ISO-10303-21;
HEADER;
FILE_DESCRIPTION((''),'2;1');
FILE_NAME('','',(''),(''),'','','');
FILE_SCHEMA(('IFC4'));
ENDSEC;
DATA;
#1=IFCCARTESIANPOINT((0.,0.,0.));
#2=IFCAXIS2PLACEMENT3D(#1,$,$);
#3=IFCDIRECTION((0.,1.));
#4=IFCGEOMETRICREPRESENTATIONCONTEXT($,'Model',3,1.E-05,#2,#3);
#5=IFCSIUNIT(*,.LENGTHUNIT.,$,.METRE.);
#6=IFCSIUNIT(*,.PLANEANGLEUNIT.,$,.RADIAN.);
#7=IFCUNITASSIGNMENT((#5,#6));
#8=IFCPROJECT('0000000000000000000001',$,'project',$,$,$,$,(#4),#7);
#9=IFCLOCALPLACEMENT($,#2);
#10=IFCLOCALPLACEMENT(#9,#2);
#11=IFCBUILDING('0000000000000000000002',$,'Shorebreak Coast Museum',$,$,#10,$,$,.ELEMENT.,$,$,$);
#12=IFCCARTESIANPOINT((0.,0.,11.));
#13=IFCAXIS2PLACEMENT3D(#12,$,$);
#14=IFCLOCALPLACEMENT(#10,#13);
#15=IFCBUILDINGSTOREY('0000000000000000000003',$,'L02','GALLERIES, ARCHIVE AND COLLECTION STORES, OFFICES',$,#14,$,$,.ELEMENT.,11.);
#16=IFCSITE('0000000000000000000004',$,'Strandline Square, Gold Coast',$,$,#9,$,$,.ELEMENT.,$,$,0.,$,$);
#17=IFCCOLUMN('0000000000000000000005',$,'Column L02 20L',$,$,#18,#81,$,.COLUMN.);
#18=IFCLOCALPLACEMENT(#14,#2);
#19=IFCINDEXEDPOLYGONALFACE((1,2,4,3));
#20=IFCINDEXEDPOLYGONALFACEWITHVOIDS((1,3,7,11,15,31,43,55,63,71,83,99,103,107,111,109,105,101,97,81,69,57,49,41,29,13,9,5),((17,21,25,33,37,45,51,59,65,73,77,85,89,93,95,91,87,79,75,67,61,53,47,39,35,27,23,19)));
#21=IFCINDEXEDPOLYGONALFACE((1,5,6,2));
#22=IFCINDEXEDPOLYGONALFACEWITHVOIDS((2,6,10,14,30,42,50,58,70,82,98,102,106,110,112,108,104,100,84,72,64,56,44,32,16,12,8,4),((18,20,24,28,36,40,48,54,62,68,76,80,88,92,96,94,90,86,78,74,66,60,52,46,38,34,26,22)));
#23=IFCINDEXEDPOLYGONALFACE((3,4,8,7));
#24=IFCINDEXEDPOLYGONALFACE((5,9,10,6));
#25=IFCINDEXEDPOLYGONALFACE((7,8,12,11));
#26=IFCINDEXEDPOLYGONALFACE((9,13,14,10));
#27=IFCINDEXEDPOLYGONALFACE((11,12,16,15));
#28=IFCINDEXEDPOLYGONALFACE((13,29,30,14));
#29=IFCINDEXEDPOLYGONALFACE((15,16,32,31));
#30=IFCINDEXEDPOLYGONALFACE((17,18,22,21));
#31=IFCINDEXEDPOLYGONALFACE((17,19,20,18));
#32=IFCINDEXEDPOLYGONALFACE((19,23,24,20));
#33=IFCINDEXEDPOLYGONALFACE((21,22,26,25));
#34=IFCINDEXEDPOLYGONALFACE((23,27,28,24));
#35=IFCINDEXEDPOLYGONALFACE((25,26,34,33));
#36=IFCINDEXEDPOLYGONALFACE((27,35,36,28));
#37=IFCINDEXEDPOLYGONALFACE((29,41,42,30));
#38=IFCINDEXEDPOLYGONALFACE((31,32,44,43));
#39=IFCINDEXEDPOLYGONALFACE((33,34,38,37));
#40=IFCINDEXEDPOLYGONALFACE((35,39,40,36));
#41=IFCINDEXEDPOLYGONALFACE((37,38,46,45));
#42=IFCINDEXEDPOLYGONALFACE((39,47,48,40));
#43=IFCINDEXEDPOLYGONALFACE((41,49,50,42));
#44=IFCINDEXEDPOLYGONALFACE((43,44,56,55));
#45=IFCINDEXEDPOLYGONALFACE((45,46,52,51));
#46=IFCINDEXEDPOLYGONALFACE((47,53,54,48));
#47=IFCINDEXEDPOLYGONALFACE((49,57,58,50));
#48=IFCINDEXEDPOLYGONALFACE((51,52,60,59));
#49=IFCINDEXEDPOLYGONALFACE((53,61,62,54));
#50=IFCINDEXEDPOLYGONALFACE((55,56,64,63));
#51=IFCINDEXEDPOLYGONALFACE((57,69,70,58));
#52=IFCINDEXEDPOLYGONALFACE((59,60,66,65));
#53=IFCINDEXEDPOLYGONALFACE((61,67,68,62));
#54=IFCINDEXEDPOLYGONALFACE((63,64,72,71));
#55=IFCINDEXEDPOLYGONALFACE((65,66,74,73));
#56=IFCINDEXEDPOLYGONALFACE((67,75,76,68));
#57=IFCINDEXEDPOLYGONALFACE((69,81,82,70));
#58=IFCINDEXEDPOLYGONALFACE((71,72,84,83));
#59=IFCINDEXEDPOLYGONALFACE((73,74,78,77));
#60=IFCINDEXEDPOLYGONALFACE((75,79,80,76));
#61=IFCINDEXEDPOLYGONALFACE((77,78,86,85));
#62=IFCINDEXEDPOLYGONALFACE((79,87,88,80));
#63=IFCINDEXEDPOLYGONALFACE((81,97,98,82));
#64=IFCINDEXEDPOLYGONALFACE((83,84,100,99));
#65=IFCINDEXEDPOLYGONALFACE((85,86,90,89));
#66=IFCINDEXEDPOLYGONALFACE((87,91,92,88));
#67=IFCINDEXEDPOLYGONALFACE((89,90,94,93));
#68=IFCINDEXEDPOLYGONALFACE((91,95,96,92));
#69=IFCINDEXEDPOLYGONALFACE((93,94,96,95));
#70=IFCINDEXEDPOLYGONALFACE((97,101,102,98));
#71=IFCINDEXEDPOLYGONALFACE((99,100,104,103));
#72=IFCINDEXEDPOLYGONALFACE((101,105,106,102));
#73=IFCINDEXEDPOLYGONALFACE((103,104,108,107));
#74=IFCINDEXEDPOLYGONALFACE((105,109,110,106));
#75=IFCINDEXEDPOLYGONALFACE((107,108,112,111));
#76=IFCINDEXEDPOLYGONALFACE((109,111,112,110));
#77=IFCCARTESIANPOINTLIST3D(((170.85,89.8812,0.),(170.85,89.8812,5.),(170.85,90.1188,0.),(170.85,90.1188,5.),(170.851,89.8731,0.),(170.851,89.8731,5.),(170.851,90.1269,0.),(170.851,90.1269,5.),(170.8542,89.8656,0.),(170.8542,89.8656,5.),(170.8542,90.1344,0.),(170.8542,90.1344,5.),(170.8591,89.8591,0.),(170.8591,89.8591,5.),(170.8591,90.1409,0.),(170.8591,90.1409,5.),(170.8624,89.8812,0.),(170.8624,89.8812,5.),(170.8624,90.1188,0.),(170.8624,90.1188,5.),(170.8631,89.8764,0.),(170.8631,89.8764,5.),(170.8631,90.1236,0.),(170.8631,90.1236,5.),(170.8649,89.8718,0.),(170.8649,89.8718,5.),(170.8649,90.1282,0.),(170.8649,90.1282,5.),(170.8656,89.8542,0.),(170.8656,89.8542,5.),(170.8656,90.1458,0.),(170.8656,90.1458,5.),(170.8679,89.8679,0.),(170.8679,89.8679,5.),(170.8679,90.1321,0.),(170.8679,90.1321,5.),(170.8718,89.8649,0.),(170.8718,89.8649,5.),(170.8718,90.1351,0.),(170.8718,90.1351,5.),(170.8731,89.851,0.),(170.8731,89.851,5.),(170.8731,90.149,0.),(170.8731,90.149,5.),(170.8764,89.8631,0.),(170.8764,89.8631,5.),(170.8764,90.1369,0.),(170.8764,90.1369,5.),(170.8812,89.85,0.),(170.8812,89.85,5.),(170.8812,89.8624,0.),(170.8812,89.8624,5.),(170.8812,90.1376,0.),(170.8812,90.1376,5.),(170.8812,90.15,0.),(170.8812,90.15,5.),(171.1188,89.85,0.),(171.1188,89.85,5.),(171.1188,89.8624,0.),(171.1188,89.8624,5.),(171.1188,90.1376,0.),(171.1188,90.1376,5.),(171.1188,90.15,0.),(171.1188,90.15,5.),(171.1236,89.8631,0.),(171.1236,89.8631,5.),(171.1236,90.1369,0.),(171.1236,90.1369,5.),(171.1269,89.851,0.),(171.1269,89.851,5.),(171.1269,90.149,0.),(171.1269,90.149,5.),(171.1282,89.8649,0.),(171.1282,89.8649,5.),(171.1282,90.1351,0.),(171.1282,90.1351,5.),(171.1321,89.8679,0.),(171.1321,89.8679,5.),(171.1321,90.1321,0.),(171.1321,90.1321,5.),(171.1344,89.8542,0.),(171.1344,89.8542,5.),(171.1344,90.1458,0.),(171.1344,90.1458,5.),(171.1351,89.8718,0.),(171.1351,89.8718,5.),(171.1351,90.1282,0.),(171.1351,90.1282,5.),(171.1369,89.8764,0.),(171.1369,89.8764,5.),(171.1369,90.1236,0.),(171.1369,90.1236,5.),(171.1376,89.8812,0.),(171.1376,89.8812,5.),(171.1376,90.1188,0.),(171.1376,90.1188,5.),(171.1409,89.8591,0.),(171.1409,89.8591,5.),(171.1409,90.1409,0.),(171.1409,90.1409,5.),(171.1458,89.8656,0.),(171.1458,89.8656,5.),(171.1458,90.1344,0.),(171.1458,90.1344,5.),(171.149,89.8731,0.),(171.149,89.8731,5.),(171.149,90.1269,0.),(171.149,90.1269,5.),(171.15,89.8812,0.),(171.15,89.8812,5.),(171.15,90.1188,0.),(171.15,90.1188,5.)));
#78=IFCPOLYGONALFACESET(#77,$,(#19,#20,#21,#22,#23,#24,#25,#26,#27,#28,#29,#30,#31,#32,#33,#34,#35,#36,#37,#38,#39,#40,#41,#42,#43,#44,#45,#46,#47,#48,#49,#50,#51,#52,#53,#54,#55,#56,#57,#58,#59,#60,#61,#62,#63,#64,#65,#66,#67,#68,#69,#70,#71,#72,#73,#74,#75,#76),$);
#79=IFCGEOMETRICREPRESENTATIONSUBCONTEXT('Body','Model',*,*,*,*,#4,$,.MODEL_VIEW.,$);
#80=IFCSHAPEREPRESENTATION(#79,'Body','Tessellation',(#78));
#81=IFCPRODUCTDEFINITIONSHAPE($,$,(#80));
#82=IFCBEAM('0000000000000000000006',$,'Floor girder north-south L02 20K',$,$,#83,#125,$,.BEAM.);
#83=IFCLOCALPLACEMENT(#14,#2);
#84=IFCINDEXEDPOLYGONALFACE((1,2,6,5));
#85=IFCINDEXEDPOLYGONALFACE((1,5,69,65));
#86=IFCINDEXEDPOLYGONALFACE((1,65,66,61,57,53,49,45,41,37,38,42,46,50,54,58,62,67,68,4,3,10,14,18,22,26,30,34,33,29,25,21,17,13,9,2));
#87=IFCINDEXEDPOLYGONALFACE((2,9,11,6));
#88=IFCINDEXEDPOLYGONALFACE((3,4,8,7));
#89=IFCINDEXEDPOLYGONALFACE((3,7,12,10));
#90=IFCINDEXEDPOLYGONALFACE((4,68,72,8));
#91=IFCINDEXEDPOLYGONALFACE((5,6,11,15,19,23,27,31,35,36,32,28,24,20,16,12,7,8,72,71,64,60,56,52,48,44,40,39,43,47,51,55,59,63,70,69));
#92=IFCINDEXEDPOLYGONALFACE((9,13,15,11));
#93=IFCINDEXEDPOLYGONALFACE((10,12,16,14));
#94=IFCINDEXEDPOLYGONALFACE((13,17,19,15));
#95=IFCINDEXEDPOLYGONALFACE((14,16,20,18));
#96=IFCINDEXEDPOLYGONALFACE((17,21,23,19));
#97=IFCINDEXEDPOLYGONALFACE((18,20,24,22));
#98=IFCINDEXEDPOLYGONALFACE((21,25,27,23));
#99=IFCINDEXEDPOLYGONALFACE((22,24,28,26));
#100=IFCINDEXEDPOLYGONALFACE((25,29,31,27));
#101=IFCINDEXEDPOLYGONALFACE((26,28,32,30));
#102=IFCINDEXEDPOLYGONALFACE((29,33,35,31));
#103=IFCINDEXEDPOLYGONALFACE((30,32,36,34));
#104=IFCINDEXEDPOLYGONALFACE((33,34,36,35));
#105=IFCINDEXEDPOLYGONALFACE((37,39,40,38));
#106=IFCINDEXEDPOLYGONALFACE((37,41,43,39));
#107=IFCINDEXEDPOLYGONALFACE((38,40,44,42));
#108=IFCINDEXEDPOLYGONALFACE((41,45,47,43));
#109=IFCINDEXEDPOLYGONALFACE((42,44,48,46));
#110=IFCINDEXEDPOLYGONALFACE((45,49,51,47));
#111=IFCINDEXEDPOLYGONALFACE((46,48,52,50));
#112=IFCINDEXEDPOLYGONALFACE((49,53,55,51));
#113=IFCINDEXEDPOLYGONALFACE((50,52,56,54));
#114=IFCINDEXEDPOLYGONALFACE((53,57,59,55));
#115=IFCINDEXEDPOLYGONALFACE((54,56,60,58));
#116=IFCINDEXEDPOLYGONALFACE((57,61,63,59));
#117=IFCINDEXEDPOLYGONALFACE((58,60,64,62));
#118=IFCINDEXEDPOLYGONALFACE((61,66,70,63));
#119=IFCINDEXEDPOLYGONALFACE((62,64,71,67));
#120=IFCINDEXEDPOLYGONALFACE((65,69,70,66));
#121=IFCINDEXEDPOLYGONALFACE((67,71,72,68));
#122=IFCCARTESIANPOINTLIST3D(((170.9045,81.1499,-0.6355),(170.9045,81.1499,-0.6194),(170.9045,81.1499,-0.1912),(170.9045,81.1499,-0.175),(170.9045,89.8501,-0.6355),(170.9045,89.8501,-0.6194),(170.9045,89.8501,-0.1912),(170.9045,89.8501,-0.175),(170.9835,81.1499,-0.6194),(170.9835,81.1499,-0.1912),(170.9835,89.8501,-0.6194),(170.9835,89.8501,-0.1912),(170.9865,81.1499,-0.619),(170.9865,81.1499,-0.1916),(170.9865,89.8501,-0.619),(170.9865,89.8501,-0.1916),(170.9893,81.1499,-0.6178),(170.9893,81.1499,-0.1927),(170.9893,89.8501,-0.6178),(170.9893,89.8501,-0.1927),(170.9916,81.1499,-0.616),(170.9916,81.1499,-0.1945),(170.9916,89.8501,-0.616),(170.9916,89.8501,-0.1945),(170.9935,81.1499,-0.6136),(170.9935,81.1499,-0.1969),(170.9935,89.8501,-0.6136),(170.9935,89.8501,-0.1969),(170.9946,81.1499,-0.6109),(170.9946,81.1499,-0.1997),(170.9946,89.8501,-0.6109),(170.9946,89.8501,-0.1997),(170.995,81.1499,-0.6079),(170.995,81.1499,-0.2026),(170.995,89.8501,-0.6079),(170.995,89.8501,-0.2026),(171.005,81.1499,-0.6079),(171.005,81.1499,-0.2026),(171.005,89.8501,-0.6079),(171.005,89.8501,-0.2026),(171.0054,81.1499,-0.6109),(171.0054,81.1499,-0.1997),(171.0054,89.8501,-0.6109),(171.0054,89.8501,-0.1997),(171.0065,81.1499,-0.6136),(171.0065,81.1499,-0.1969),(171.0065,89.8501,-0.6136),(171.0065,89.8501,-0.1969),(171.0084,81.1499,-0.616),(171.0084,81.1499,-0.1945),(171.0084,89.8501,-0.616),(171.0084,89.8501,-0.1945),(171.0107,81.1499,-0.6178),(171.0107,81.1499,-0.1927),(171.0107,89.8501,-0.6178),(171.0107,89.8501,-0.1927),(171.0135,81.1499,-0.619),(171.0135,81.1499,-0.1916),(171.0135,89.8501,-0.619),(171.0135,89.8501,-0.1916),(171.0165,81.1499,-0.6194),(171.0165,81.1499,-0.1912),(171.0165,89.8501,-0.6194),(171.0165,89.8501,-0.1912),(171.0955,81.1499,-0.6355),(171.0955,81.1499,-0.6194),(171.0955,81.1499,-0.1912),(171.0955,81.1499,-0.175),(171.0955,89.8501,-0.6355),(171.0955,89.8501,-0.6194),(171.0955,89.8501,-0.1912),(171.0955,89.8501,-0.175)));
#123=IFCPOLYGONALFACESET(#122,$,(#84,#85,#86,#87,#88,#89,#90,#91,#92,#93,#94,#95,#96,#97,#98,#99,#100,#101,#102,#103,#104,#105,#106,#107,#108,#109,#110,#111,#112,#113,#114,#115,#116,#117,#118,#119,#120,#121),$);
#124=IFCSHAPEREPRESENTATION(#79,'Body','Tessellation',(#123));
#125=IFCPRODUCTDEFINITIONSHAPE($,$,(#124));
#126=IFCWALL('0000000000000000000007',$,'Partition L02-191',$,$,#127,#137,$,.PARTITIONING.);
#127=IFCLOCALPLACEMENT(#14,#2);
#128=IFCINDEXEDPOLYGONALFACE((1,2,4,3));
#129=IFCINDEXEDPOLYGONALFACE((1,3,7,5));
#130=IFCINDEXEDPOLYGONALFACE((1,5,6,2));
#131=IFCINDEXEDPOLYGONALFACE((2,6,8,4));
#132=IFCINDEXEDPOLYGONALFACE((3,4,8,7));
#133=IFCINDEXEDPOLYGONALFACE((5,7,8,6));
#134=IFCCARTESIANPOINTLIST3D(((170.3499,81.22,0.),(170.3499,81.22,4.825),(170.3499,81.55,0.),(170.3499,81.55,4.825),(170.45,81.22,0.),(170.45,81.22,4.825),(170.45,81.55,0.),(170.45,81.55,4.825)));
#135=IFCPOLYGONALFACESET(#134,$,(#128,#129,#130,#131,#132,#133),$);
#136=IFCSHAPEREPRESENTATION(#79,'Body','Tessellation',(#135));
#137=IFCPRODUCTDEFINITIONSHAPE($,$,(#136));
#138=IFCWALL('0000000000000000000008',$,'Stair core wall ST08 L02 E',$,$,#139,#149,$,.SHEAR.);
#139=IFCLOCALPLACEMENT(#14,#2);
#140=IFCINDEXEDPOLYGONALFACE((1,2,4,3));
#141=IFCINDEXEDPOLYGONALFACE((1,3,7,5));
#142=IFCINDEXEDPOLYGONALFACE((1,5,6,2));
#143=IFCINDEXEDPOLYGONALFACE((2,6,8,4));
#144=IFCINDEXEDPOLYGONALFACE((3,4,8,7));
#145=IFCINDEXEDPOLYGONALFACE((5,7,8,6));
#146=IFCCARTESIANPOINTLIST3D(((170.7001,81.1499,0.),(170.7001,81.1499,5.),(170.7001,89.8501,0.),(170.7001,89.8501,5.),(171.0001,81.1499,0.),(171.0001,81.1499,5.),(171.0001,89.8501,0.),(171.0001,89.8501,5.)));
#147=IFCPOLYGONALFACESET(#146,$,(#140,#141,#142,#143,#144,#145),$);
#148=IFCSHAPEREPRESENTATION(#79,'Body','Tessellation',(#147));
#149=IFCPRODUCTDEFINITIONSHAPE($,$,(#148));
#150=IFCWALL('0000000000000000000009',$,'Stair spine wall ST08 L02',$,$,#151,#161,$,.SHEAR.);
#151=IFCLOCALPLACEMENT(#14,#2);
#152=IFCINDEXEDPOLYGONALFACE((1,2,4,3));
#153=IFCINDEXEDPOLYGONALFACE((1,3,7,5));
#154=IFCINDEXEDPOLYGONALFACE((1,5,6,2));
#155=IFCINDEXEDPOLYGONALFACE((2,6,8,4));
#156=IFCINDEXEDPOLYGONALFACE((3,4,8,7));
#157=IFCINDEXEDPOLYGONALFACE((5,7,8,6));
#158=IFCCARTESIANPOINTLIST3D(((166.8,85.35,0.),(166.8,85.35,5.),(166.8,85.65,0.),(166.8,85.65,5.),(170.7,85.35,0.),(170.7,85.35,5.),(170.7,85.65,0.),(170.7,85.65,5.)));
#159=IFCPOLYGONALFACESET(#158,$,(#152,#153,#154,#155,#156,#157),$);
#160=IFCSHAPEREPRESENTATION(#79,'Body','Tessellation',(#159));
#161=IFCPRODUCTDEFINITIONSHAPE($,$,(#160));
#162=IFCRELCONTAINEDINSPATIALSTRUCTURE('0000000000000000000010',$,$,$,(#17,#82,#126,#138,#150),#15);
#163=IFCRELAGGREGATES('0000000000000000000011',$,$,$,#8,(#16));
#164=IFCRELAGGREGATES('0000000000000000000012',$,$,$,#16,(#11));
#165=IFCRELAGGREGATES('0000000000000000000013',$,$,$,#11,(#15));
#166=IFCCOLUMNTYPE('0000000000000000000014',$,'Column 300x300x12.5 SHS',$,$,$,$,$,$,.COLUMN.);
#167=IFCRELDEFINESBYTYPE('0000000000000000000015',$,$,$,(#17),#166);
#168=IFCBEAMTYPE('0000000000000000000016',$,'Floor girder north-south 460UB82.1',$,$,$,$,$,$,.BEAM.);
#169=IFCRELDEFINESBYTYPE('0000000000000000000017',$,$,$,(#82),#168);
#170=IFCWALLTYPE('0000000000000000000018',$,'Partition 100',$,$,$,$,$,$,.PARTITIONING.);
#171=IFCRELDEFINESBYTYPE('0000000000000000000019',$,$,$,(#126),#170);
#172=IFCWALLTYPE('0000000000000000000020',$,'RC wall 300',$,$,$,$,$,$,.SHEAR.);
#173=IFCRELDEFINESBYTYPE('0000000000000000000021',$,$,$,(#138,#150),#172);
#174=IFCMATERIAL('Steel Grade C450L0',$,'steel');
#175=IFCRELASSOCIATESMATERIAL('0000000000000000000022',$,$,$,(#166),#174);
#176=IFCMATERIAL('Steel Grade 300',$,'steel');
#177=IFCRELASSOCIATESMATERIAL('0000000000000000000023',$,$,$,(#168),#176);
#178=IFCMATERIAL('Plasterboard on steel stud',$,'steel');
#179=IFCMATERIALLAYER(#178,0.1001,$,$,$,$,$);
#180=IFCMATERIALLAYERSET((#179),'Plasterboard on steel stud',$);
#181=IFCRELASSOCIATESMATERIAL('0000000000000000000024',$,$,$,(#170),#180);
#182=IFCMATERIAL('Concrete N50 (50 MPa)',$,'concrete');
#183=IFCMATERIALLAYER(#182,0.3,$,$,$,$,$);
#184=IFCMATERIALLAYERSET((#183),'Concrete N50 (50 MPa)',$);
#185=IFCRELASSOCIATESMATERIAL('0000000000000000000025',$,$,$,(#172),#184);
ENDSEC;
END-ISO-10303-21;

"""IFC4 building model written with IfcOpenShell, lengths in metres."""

from ifc_helpers import new_model, si_unit, direction, frame, frame_2d, origin, origin_2d, place, context, subcontext, project, spatial, rectangle, hollow_rectangle, i_section, extrude, material, layer, layer_set, material_profile, profile_set, type_object, element, save


model = new_model("IFC4")

# Units and contexts
model_context = context("Model", 3, precision=1e-05, world=origin(), true_north=direction((0.0, 1.0)))
body_context = subcontext(model_context, "Body", "Model", "MODEL_VIEW")
ifc_project = project(units=[si_unit("LENGTHUNIT", "METRE"), si_unit("PLANEANGLEUNIT", "RADIAN")], contexts=[model_context])

# Site, building, storey
site_placement = place(None, origin())
site = spatial("IfcSite", under=ifc_project, at=site_placement, Name="Strandline Square, Gold Coast", CompositionType="ELEMENT", RefElevation=0.0)
building_placement = place(site_placement, origin())
building = spatial("IfcBuilding", under=site, at=building_placement, Name="Shorebreak Coast Museum", CompositionType="ELEMENT")
storey_placement = place(building_placement, frame((0.0, 0.0, 11.0)))
storey = spatial("IfcBuildingStorey", under=building, at=storey_placement, Name="L02", Description="GALLERIES, ARCHIVE AND COLLECTION STORES, OFFICES", CompositionType="ELEMENT", Elevation=11.0)

# Column
ifc_material_1 = material(Name="Steel Grade C450L0", Category="steel")
ifc_material_profile_1 = material_profile(ifc_material_1, hollow_rectangle(XDim=0.3, YDim=0.3, WallThickness=0.0125, InnerFilletRadius=0.0188, OuterFilletRadius=0.0312, at=origin_2d()), Name="300x300x12.5 SHS")
ifc_profile_set_1 = profile_set([ifc_material_profile_1], Name="Steel Grade C450L0")
column_type = type_object("IfcColumnType", Name="Column 300x300x12.5 SHS", PredefinedType="COLUMN", material=ifc_profile_set_1)
column_placement = place(storey_placement, frame((171.0, 90.0, 0.0), z_axis=(0.0, 0.0, 1.0), x_axis=(1.0, 0.0, 0.0)))
element("IfcColumn", 1, at=column_placement, inside=storey, type_object=column_type, Name="Column L02 20L", PredefinedType="COLUMN", context=body_context, shape_type="SweptSolid", body=[
    extrude(hollow_rectangle(XDim=0.3, YDim=0.3, WallThickness=0.0125, InnerFilletRadius=0.0188, OuterFilletRadius=0.0312, at=origin_2d()), origin(), (0.0, 0.0, 1.0), 5.0),
])

# Beam
ifc_material_2 = material(Name="Steel Grade 300", Category="steel")
ifc_material_profile_2 = material_profile(ifc_material_2, i_section(OverallWidth=0.1909, OverallDepth=0.4604, WebThickness=0.01, FlangeThickness=0.0161, FilletRadius=0.0115, at=origin_2d()), Name="460UB82.1")
ifc_profile_set_2 = profile_set([ifc_material_profile_2], Name="Steel Grade 300")
beam_type = type_object("IfcBeamType", Name="Floor girder north-south 460UB82.1", PredefinedType="BEAM", material=ifc_profile_set_2)
beam_placement = place(storey_placement, frame((171.0, 81.1499, -0.4053), z_axis=(0.0, 1.0, 0.0), x_axis=(-1.0, 0.0, 0.0)))
element("IfcBeam", 2, at=beam_placement, inside=storey, type_object=beam_type, Name="Floor girder north-south L02 20K", PredefinedType="BEAM", context=body_context, shape_type="SweptSolid", body=[
    extrude(i_section(OverallWidth=0.1909, OverallDepth=0.4604, WebThickness=0.01, FlangeThickness=0.0161, FilletRadius=0.0115, at=origin_2d()), origin(), (0.0, 0.0, 1.0), 8.7002),
])

# Walls
ifc_material_3 = material(Name="Plasterboard on steel stud", Category="steel")
ifc_layer_1 = layer(ifc_material_3, 0.1001)
ifc_layer_set_1 = layer_set([ifc_layer_1], Name="Plasterboard on steel stud")
wall_type_1 = type_object("IfcWallType", Name="Partition 100", PredefinedType="PARTITIONING", material=ifc_layer_set_1)
wall_1_placement = place(storey_placement, frame((170.3999, 81.22, 0.0), z_axis=(0.0, 0.0, 1.0), x_axis=(0.0, 1.0, 0.0)))
element("IfcWall", 3, at=wall_1_placement, inside=storey, type_object=wall_type_1, Name="Partition L02-191", PredefinedType="PARTITIONING", context=body_context, shape_type="SweptSolid", body=[
    extrude(rectangle(XDim=0.3301, YDim=0.1001, at=frame_2d((0.165, 0.0))), origin(), (0.0, 0.0, 1.0), 4.825),
])
ifc_material_4 = material(Name="Concrete N50 (50 MPa)", Category="concrete")
ifc_layer_2 = layer(ifc_material_4, 0.3)
ifc_layer_set_2 = layer_set([ifc_layer_2], Name="Concrete N50 (50 MPa)")
wall_type_2 = type_object("IfcWallType", Name="RC wall 300", PredefinedType="SHEAR", material=ifc_layer_set_2)
wall_2_placement = place(storey_placement, frame((170.8501, 81.1499, 0.0), z_axis=(0.0, 0.0, 1.0), x_axis=(0.0, 1.0, 0.0)))
element("IfcWall", 4, at=wall_2_placement, inside=storey, type_object=wall_type_2, Name="Stair core wall ST08 L02 E", PredefinedType="SHEAR", context=body_context, shape_type="SweptSolid", body=[
    extrude(rectangle(XDim=8.7002, YDim=0.3, at=frame_2d((4.3501, 0.0))), origin(), (0.0, 0.0, 1.0), 5.0),
])
wall_3_placement = place(storey_placement, frame((166.8, 85.5, 0.0), z_axis=(0.0, 0.0, 1.0), x_axis=(1.0, 0.0, 0.0)))
element("IfcWall", 5, at=wall_3_placement, inside=storey, type_object=wall_type_2, Name="Stair spine wall ST08 L02", PredefinedType="SHEAR", context=body_context, shape_type="SweptSolid", body=[
    extrude(rectangle(XDim=3.8999, YDim=0.3, at=frame_2d((1.95, 0.0))), origin(), (0.0, 0.0, 1.0), 5.0),
])

save(model, "model.ifc")
